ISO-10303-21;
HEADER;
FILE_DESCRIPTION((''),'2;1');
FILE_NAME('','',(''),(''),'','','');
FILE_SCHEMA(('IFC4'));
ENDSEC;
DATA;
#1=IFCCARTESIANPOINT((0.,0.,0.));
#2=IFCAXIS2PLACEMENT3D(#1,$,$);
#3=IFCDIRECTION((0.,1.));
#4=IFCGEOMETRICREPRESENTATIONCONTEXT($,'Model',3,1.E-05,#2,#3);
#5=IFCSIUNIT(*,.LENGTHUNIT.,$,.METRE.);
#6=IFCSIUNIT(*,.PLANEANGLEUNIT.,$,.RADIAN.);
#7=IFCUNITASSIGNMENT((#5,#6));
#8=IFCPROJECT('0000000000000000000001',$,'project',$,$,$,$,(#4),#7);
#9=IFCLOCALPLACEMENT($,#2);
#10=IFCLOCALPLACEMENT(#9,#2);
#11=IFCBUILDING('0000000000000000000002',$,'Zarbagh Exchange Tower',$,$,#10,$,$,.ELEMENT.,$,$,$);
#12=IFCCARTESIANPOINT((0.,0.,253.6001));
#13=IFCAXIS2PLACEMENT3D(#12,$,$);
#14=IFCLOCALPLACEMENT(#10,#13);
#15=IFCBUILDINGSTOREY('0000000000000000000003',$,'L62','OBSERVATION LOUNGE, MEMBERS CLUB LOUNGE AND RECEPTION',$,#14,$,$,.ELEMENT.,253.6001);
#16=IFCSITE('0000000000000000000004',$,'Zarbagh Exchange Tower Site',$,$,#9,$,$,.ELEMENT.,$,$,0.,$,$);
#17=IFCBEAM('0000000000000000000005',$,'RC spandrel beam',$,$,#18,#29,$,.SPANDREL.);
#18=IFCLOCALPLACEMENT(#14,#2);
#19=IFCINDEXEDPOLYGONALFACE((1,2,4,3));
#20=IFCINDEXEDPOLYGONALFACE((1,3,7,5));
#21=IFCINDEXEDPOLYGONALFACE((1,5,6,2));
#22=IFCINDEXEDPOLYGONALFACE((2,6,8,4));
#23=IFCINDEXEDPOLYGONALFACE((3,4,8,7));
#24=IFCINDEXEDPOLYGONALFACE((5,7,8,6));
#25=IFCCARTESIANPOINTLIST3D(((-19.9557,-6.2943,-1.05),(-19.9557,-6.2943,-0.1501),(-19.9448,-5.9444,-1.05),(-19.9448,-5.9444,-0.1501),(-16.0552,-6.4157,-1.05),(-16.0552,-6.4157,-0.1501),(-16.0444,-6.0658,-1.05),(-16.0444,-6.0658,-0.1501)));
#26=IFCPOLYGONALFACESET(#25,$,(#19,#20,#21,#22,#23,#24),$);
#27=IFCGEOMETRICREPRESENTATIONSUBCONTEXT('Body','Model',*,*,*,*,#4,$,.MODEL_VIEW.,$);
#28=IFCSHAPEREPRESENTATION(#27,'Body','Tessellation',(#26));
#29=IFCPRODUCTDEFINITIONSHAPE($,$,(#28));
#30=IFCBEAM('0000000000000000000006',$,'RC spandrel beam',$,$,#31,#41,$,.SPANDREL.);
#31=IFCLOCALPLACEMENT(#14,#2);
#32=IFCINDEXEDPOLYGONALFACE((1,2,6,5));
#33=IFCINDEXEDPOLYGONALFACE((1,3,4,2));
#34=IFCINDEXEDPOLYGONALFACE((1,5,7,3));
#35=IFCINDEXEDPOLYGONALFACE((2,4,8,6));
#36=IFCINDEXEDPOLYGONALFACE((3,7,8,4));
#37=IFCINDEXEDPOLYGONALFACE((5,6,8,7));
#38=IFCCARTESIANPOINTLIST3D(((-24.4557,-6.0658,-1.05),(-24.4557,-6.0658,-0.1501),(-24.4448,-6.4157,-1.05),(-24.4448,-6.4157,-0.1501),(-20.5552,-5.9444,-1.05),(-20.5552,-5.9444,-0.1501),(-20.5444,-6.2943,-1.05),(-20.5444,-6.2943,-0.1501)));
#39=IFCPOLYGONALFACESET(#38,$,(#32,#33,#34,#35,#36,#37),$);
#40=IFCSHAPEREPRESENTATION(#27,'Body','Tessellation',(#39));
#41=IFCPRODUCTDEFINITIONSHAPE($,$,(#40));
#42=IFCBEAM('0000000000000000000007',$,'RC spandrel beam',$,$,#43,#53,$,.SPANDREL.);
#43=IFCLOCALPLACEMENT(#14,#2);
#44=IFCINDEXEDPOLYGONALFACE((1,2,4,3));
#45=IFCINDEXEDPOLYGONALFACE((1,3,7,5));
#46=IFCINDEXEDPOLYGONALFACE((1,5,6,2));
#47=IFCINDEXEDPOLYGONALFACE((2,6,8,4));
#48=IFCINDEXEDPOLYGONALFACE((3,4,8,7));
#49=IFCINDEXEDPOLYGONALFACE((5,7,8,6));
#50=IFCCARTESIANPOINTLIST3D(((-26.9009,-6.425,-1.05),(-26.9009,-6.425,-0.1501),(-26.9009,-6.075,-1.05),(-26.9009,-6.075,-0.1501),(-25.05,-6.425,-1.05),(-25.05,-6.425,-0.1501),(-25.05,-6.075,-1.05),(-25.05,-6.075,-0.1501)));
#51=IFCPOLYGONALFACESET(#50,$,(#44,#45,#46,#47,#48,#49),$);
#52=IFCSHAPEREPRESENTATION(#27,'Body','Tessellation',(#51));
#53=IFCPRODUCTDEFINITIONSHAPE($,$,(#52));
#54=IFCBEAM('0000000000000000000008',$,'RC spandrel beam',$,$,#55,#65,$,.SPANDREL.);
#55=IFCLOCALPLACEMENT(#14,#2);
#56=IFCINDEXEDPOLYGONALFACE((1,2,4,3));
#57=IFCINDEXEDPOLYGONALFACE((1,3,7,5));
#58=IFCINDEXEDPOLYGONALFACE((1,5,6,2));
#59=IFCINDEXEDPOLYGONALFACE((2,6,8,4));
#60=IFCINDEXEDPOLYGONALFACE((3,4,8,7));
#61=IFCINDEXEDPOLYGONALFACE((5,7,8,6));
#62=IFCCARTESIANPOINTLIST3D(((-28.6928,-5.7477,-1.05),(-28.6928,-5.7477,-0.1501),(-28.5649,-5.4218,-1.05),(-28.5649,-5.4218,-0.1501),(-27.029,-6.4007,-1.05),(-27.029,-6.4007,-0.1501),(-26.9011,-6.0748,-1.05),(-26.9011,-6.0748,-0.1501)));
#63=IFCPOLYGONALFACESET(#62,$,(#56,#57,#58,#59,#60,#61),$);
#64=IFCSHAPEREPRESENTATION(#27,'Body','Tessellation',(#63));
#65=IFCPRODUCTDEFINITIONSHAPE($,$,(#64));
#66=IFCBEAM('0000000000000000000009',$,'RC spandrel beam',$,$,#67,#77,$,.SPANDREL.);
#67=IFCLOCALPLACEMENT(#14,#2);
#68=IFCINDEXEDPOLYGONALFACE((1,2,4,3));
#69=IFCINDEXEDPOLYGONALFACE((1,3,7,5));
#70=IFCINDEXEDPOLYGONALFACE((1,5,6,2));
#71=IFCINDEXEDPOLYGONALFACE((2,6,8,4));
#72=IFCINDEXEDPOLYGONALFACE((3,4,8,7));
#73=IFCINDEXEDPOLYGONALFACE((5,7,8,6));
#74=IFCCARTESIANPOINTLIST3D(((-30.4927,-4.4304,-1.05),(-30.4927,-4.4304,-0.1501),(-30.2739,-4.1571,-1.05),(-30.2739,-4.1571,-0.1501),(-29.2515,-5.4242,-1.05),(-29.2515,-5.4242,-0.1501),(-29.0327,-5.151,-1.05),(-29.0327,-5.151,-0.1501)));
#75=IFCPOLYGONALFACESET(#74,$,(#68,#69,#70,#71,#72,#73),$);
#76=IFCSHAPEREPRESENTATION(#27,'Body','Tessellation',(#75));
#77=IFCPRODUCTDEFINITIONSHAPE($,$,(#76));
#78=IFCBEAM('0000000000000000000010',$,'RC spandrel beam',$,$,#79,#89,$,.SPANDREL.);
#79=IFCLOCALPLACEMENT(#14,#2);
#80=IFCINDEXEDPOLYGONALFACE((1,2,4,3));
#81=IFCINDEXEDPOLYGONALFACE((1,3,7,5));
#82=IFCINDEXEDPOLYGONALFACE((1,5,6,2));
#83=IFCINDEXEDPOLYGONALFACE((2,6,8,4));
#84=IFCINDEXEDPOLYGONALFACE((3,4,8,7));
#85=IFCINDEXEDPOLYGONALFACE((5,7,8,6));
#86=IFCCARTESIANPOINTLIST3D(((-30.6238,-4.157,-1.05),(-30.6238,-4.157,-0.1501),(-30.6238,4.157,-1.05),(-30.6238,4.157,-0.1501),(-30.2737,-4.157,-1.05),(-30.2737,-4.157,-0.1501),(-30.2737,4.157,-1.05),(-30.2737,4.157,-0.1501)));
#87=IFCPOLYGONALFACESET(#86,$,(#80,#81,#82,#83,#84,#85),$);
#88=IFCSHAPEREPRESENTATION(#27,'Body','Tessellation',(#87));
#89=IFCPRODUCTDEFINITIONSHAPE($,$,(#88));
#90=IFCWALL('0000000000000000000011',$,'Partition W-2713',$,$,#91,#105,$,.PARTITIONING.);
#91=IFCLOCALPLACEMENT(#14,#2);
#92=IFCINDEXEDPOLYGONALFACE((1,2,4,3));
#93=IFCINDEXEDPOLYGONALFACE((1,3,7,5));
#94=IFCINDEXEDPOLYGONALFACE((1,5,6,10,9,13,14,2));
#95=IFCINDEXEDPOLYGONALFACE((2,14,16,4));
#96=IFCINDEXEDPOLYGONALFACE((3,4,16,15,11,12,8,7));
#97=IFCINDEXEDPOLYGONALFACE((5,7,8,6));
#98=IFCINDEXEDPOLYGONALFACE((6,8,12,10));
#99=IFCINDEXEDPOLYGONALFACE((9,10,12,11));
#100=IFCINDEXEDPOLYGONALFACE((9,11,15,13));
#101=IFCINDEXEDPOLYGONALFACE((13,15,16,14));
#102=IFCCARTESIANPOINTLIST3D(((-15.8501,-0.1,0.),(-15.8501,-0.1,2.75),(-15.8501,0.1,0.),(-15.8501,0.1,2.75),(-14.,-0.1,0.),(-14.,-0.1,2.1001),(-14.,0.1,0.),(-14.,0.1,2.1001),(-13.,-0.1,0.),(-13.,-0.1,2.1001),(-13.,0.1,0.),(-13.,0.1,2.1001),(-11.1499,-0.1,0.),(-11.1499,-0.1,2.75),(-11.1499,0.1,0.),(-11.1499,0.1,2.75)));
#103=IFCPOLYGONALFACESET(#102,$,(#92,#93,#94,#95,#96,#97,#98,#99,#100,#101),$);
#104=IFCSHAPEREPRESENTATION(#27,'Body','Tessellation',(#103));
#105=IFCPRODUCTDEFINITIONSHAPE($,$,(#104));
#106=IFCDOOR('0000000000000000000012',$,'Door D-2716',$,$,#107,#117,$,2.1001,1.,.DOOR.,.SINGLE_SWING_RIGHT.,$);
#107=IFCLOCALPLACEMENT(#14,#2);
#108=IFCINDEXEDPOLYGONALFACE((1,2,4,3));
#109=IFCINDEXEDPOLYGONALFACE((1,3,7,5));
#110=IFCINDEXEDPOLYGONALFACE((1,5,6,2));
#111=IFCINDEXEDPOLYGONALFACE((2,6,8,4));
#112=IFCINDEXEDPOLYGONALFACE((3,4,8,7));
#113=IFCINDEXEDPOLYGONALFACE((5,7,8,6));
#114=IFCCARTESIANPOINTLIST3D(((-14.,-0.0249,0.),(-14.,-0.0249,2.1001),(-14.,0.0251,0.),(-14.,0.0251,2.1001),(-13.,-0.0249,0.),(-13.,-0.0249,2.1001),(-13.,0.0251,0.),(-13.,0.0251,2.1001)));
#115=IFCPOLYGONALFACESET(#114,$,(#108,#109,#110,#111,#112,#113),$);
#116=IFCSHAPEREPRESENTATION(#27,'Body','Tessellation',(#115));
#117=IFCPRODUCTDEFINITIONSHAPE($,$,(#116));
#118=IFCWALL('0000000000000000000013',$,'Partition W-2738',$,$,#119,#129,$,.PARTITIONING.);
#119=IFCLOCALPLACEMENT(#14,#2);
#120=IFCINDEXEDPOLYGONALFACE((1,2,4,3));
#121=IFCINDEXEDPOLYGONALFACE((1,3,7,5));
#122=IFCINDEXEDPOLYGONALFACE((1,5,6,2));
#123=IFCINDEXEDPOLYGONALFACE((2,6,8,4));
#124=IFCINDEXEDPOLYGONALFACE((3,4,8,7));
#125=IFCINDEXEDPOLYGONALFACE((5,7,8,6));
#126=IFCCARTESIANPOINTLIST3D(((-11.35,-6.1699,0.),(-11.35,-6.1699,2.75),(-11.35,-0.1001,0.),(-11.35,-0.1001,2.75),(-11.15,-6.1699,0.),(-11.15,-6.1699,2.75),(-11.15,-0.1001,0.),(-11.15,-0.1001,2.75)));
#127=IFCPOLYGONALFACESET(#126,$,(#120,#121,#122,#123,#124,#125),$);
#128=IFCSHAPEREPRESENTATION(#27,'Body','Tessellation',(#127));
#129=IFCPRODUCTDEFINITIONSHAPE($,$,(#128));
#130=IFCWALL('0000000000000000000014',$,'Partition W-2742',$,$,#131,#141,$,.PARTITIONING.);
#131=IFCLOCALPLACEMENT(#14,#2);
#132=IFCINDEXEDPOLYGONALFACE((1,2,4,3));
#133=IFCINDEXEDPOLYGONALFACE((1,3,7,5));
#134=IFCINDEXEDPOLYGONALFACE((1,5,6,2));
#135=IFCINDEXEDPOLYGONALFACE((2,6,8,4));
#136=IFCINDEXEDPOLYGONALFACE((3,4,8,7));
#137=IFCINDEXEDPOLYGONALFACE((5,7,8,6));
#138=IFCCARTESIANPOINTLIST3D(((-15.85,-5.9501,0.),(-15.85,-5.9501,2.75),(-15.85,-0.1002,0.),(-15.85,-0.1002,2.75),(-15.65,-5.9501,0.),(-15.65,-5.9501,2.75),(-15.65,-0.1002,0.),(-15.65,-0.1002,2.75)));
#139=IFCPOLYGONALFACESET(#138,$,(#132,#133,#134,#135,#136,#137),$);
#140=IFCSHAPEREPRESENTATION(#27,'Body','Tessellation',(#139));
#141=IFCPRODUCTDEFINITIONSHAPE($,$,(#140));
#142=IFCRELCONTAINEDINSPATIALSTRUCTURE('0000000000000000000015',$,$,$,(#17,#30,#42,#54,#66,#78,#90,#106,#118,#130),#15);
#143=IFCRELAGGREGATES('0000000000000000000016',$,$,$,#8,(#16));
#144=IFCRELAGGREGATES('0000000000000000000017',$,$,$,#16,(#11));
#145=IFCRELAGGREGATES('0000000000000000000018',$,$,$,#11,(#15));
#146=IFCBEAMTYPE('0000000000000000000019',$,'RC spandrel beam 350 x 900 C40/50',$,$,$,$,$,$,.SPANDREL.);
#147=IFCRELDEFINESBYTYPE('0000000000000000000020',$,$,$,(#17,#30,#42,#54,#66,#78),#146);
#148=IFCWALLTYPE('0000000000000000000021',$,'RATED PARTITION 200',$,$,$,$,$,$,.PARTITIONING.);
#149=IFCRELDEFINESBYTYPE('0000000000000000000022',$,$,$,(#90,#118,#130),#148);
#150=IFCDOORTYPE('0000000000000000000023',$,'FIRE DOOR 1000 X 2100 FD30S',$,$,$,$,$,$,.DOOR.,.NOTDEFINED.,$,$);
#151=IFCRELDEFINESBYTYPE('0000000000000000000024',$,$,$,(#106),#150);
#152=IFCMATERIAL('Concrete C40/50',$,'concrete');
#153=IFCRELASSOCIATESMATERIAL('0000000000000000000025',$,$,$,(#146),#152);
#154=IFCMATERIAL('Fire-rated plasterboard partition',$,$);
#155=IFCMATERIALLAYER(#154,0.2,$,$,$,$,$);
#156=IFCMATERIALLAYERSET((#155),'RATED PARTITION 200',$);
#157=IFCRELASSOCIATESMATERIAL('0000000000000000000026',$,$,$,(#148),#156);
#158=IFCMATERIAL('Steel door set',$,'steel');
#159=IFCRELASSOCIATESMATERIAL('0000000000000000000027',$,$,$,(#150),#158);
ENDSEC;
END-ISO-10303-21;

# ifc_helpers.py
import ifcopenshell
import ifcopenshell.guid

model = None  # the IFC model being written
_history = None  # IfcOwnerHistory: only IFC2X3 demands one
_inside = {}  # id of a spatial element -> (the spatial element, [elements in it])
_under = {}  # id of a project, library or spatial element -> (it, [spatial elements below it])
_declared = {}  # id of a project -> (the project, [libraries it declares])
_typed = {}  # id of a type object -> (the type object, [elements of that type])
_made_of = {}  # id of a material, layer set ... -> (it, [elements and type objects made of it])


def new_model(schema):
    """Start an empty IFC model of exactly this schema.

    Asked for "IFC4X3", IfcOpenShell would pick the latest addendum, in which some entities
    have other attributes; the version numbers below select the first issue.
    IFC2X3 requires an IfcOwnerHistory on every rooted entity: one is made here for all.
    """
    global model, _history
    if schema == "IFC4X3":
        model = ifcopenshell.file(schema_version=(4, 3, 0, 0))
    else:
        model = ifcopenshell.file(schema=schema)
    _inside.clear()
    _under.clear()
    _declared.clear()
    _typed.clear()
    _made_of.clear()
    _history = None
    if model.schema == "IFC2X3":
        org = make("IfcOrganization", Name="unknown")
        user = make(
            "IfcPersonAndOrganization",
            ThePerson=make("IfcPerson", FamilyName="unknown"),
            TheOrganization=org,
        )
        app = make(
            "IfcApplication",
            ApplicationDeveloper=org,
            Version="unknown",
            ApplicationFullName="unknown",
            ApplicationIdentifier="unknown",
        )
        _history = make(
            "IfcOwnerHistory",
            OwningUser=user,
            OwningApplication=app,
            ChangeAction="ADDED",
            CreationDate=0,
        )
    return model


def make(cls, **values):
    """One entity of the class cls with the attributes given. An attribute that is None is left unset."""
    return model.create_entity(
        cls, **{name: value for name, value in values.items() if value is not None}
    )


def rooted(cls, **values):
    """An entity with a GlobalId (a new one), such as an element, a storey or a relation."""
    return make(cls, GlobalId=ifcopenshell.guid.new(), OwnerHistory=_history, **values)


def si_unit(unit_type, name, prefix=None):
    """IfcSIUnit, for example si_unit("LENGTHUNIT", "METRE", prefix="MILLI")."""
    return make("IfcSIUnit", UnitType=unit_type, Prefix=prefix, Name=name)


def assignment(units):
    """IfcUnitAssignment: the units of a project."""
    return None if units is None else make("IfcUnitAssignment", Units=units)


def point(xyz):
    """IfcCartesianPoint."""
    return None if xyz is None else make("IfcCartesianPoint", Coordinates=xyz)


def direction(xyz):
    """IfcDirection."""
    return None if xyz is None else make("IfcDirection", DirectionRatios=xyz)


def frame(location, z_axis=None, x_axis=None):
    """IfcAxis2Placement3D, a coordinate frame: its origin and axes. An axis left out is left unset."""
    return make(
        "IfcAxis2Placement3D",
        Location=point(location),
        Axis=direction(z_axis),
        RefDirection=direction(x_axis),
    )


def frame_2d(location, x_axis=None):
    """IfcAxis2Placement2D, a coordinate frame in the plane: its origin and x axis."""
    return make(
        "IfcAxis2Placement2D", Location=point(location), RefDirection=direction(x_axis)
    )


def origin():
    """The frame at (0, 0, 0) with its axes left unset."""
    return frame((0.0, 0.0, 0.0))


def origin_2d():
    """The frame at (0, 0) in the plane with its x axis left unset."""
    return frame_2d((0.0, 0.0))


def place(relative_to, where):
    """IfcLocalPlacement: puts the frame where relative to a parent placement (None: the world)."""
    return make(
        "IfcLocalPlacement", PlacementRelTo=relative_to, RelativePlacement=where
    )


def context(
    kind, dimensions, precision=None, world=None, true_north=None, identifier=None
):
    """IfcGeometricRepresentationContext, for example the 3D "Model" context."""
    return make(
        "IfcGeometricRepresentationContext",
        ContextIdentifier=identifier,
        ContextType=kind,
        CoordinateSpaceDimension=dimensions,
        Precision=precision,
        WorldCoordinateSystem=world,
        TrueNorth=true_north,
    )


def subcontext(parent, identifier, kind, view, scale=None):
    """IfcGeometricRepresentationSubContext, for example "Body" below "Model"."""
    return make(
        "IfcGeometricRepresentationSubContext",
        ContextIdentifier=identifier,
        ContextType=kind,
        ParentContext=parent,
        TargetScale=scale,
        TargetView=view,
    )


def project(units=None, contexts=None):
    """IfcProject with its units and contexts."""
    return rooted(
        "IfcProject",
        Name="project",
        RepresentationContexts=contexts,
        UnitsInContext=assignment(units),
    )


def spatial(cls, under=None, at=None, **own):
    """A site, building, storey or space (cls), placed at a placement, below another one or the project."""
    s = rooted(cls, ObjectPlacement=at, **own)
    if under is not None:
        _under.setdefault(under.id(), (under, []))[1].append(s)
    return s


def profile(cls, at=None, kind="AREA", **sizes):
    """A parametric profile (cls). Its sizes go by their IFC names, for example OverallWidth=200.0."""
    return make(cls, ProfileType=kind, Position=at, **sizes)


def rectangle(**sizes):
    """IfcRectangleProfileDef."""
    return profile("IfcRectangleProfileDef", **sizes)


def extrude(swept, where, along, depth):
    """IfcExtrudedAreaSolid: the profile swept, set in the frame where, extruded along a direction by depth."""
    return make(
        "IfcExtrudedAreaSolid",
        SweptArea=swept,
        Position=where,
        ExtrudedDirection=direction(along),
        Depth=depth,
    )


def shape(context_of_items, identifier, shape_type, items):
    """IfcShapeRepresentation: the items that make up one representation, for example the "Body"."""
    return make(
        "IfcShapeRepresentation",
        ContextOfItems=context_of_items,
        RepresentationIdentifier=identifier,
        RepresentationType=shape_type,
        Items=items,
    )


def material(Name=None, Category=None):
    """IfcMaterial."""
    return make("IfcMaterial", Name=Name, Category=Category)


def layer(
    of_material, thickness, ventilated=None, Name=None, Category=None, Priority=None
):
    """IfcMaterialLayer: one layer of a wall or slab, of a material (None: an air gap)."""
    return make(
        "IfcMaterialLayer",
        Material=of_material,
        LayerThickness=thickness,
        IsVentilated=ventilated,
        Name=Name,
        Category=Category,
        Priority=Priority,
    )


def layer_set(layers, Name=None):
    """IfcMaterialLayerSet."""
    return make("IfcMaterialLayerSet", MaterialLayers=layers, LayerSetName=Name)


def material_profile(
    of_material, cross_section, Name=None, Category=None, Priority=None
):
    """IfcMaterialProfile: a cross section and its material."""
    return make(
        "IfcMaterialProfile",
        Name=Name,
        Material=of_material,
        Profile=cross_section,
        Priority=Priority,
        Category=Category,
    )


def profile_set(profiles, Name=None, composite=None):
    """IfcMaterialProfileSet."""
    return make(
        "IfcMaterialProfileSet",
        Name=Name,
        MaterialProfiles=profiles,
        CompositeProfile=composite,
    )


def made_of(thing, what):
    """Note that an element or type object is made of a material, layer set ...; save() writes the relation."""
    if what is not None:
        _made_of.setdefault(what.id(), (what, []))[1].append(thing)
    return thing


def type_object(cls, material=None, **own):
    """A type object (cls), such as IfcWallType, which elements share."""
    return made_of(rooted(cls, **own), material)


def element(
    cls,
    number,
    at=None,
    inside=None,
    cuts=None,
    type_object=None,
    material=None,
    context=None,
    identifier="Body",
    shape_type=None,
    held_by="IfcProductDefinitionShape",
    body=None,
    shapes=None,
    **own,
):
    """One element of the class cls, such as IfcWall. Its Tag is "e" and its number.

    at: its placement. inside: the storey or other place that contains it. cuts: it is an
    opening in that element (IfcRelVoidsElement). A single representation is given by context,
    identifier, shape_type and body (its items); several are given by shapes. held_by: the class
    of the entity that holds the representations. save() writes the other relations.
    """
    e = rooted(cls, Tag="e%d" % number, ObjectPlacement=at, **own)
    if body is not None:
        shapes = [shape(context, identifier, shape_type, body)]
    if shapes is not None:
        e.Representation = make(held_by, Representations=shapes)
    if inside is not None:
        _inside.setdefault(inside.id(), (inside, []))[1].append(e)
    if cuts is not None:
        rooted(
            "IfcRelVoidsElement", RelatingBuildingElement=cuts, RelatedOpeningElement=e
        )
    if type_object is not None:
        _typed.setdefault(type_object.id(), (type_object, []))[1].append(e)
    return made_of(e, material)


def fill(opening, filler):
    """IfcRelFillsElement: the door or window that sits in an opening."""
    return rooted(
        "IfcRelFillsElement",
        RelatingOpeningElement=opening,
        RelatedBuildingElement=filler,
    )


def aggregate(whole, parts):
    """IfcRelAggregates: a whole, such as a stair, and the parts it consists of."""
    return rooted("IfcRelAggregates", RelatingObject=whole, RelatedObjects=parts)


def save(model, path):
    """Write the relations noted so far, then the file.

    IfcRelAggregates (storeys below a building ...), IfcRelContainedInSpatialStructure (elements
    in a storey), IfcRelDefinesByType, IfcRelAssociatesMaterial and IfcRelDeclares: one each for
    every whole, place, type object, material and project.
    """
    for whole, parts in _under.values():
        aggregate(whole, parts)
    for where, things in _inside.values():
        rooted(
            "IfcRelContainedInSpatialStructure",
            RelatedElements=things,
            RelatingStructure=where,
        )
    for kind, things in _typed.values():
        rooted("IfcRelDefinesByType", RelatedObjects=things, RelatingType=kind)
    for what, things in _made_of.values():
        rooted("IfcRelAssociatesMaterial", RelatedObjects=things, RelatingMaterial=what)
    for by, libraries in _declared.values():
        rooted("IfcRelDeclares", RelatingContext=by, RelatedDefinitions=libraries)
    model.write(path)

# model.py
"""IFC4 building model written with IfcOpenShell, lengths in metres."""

from ifc_helpers import new_model, si_unit, direction, frame, frame_2d, origin, origin_2d, place, context, subcontext, project, spatial, rectangle, extrude, material, layer, layer_set, material_profile, profile_set, type_object, element, fill, save


model = new_model("IFC4")

# Units and contexts
model_context = context("Model", 3, precision=1e-05, world=origin(), true_north=direction((0.0, 1.0)))
body_context = subcontext(model_context, "Body", "Model", "MODEL_VIEW")
ifc_project = project(units=[si_unit("LENGTHUNIT", "METRE"), si_unit("PLANEANGLEUNIT", "RADIAN")], contexts=[model_context])

# Site, building, storey
site_placement = place(None, origin())
site = spatial("IfcSite", under=ifc_project, at=site_placement, Name="Zarbagh Exchange Tower Site", CompositionType="ELEMENT", RefElevation=0.0)
building_placement = place(site_placement, origin())
building = spatial("IfcBuilding", under=site, at=building_placement, Name="Zarbagh Exchange Tower", CompositionType="ELEMENT")
storey_placement = place(building_placement, frame((0.0, 0.0, 253.6001)))
storey = spatial("IfcBuildingStorey", under=building, at=storey_placement, Name="L62", Description="OBSERVATION LOUNGE, MEMBERS CLUB LOUNGE AND RECEPTION", CompositionType="ELEMENT", Elevation=253.6001)

# Shared definitions
ifc_material_1 = material(Name="Concrete C40/50", Category="concrete")

# Beams
ifc_material_profile_1 = material_profile(ifc_material_1, rectangle(XDim=0.3501, YDim=0.8999, at=origin_2d()), Name="RC spandrel beam 350 x 900 C40/50")
ifc_profile_set_1 = profile_set([ifc_material_profile_1], Name="Concrete C40/50")
beam_type_1 = type_object("IfcBeamType", Name="RC spandrel beam 350 x 900 C40/50", PredefinedType="SPANDREL", material=ifc_profile_set_1)
for number, where, z_axis, x_axis, name in (
    (1, (-16.0498, -6.2407, -0.6001), (-0.999516, 0.031094, 0.0), (-0.031094, -0.999516, 0.0), "RC spandrel beam"),
    (2, (-20.5498, -6.1194, -0.6001), (-0.999516, -0.031094, 0.0), (0.031094, -0.999516, 0.0), "RC spandrel beam"),
):
    element("IfcBeam", number, at=place(storey_placement, frame(where, z_axis=z_axis, x_axis=x_axis)), inside=storey, type_object=beam_type_1, Name=name, PredefinedType="SPANDREL", context=body_context, shape_type="SweptSolid", body=[
        extrude(rectangle(XDim=0.3501, YDim=0.8999, at=origin_2d()), origin(), (0.0, 0.0, 1.0), 3.9023),
    ])
beam_1_placement = place(storey_placement, frame((-25.05, -6.25, -0.6001), z_axis=(-1.0, 0.0, 0.0), x_axis=(0.0, -1.0, 0.0)))
element("IfcBeam", 3, at=beam_1_placement, inside=storey, type_object=beam_type_1, Name="RC spandrel beam", PredefinedType="SPANDREL", context=body_context, shape_type="SweptSolid", body=[
    extrude(rectangle(XDim=0.3501, YDim=0.8999, at=origin_2d()), origin(), (0.0, 0.0, 1.0), 1.8508),
])
beam_2_placement = place(storey_placement, frame((-26.9651, -6.2378, -0.6001), z_axis=(-0.930859, 0.365378, 0.0), x_axis=(-0.365378, -0.930859, 0.0)))
element("IfcBeam", 4, at=beam_2_placement, inside=storey, type_object=beam_type_1, Name="RC spandrel beam", PredefinedType="SPANDREL", context=body_context, shape_type="SweptSolid", body=[
    extrude(rectangle(XDim=0.3501, YDim=0.8999, at=origin_2d()), origin(), (0.0, 0.0, 1.0), 1.7874),
])
beam_3_placement = place(storey_placement, frame((-29.1421, -5.2876, -0.6001), z_axis=(-0.780584, 0.625051, 0.0), x_axis=(-0.625051, -0.780584, 0.0)))
element("IfcBeam", 5, at=beam_3_placement, inside=storey, type_object=beam_type_1, Name="RC spandrel beam", PredefinedType="SPANDREL", context=body_context, shape_type="SweptSolid", body=[
    extrude(rectangle(XDim=0.3501, YDim=0.8999, at=origin_2d()), origin(), (0.0, 0.0, 1.0), 1.5901),
])
beam_4_placement = place(storey_placement, frame((-30.4487, -4.157, -0.6001), z_axis=(0.0, 1.0, 0.0), x_axis=(-1.0, 0.0, 0.0)))
element("IfcBeam", 6, at=beam_4_placement, inside=storey, type_object=beam_type_1, Name="RC spandrel beam", PredefinedType="SPANDREL", context=body_context, shape_type="SweptSolid", body=[
    extrude(rectangle(XDim=0.3501, YDim=0.8999, at=origin_2d()), origin(), (0.0, 0.0, 1.0), 8.314),
])

# Wall, opening, door
ifc_material_2 = material(Name="Fire-rated plasterboard partition")
ifc_layer = layer(ifc_material_2, 0.2)
ifc_layer_set = layer_set([ifc_layer], Name="RATED PARTITION 200")
wall_type = type_object("IfcWallType", Name="RATED PARTITION 200", PredefinedType="PARTITIONING", material=ifc_layer_set)
wall_1_placement = place(storey_placement, frame((-11.1499, 0.0, 0.0), z_axis=(0.0, 0.0, 1.0), x_axis=(-1.0, 0.0, 0.0)))
wall_1 = element("IfcWall", 7, at=wall_1_placement, inside=storey, type_object=wall_type, Name="Partition W-2713", PredefinedType="PARTITIONING", context=body_context, shape_type="SweptSolid", body=[
    extrude(rectangle(XDim=4.7002, YDim=0.2, at=frame_2d((2.3501, 0.0))), origin(), (0.0, 0.0, 1.0), 2.75),
])
opening_placement = place(wall_1_placement, frame((1.8501, 0.0, 0.0)))
opening = element("IfcOpeningElement", 8, at=opening_placement, cuts=wall_1, PredefinedType="OPENING", context=body_context, shape_type="SweptSolid", body=[
    extrude(rectangle(XDim=1.0, YDim=2.1001, at=frame_2d((0.5, 1.05))), frame((0.0, 0.1099, 0.0), z_axis=(0.0, -1.0, 0.0), x_axis=(1.0, 0.0, 0.0)), (0.0, 0.0, 1.0), 0.22),
])
ifc_material_3 = material(Name="Steel door set", Category="steel")
door_type = type_object("IfcDoorType", Name="FIRE DOOR 1000 X 2100 FD30S", OperationType="NOTDEFINED", PredefinedType="DOOR", material=ifc_material_3)
door_placement = place(opening_placement, origin())
door = element("IfcDoor", 9, at=door_placement, inside=storey, type_object=door_type, Name="Door D-2716", OperationType="SINGLE_SWING_RIGHT", OverallHeight=2.1001, OverallWidth=1.0, PredefinedType="DOOR", context=body_context, shape_type="SweptSolid", body=[
    extrude(rectangle(XDim=1.0, YDim=2.1001, at=frame_2d((0.5, 1.05))), frame((0.0, 0.0249, 0.0), z_axis=(0.0, -1.0, 0.0), x_axis=(1.0, 0.0, 0.0)), (0.0, 0.0, 1.0), 0.05),
])
fill(opening, door)

# Walls
wall_2_placement = place(storey_placement, frame((-11.25, -6.1699, 0.0), z_axis=(0.0, 0.0, 1.0), x_axis=(0.0, 1.0, 0.0)))
element("IfcWall", 10, at=wall_2_placement, inside=storey, type_object=wall_type, Name="Partition W-2738", PredefinedType="PARTITIONING", context=body_context, shape_type="SweptSolid", body=[
    extrude(rectangle(XDim=6.0698, YDim=0.2, at=frame_2d((3.0349, 0.0))), origin(), (0.0, 0.0, 1.0), 2.75),
])
wall_3_placement = place(storey_placement, frame((-15.75, -5.95, 0.0), z_axis=(0.0, 0.0, 1.0), x_axis=(0.0, 1.0, 0.0)))
element("IfcWall", 11, at=wall_3_placement, inside=storey, type_object=wall_type, Name="Partition W-2742", PredefinedType="PARTITIONING", context=body_context, shape_type="SweptSolid", body=[
    extrude(rectangle(XDim=5.8499, YDim=0.2, at=frame_2d((2.9248, 0.0))), origin(), (0.0, 0.0, 1.0), 2.75),
])

save(model, "model.ifc")
